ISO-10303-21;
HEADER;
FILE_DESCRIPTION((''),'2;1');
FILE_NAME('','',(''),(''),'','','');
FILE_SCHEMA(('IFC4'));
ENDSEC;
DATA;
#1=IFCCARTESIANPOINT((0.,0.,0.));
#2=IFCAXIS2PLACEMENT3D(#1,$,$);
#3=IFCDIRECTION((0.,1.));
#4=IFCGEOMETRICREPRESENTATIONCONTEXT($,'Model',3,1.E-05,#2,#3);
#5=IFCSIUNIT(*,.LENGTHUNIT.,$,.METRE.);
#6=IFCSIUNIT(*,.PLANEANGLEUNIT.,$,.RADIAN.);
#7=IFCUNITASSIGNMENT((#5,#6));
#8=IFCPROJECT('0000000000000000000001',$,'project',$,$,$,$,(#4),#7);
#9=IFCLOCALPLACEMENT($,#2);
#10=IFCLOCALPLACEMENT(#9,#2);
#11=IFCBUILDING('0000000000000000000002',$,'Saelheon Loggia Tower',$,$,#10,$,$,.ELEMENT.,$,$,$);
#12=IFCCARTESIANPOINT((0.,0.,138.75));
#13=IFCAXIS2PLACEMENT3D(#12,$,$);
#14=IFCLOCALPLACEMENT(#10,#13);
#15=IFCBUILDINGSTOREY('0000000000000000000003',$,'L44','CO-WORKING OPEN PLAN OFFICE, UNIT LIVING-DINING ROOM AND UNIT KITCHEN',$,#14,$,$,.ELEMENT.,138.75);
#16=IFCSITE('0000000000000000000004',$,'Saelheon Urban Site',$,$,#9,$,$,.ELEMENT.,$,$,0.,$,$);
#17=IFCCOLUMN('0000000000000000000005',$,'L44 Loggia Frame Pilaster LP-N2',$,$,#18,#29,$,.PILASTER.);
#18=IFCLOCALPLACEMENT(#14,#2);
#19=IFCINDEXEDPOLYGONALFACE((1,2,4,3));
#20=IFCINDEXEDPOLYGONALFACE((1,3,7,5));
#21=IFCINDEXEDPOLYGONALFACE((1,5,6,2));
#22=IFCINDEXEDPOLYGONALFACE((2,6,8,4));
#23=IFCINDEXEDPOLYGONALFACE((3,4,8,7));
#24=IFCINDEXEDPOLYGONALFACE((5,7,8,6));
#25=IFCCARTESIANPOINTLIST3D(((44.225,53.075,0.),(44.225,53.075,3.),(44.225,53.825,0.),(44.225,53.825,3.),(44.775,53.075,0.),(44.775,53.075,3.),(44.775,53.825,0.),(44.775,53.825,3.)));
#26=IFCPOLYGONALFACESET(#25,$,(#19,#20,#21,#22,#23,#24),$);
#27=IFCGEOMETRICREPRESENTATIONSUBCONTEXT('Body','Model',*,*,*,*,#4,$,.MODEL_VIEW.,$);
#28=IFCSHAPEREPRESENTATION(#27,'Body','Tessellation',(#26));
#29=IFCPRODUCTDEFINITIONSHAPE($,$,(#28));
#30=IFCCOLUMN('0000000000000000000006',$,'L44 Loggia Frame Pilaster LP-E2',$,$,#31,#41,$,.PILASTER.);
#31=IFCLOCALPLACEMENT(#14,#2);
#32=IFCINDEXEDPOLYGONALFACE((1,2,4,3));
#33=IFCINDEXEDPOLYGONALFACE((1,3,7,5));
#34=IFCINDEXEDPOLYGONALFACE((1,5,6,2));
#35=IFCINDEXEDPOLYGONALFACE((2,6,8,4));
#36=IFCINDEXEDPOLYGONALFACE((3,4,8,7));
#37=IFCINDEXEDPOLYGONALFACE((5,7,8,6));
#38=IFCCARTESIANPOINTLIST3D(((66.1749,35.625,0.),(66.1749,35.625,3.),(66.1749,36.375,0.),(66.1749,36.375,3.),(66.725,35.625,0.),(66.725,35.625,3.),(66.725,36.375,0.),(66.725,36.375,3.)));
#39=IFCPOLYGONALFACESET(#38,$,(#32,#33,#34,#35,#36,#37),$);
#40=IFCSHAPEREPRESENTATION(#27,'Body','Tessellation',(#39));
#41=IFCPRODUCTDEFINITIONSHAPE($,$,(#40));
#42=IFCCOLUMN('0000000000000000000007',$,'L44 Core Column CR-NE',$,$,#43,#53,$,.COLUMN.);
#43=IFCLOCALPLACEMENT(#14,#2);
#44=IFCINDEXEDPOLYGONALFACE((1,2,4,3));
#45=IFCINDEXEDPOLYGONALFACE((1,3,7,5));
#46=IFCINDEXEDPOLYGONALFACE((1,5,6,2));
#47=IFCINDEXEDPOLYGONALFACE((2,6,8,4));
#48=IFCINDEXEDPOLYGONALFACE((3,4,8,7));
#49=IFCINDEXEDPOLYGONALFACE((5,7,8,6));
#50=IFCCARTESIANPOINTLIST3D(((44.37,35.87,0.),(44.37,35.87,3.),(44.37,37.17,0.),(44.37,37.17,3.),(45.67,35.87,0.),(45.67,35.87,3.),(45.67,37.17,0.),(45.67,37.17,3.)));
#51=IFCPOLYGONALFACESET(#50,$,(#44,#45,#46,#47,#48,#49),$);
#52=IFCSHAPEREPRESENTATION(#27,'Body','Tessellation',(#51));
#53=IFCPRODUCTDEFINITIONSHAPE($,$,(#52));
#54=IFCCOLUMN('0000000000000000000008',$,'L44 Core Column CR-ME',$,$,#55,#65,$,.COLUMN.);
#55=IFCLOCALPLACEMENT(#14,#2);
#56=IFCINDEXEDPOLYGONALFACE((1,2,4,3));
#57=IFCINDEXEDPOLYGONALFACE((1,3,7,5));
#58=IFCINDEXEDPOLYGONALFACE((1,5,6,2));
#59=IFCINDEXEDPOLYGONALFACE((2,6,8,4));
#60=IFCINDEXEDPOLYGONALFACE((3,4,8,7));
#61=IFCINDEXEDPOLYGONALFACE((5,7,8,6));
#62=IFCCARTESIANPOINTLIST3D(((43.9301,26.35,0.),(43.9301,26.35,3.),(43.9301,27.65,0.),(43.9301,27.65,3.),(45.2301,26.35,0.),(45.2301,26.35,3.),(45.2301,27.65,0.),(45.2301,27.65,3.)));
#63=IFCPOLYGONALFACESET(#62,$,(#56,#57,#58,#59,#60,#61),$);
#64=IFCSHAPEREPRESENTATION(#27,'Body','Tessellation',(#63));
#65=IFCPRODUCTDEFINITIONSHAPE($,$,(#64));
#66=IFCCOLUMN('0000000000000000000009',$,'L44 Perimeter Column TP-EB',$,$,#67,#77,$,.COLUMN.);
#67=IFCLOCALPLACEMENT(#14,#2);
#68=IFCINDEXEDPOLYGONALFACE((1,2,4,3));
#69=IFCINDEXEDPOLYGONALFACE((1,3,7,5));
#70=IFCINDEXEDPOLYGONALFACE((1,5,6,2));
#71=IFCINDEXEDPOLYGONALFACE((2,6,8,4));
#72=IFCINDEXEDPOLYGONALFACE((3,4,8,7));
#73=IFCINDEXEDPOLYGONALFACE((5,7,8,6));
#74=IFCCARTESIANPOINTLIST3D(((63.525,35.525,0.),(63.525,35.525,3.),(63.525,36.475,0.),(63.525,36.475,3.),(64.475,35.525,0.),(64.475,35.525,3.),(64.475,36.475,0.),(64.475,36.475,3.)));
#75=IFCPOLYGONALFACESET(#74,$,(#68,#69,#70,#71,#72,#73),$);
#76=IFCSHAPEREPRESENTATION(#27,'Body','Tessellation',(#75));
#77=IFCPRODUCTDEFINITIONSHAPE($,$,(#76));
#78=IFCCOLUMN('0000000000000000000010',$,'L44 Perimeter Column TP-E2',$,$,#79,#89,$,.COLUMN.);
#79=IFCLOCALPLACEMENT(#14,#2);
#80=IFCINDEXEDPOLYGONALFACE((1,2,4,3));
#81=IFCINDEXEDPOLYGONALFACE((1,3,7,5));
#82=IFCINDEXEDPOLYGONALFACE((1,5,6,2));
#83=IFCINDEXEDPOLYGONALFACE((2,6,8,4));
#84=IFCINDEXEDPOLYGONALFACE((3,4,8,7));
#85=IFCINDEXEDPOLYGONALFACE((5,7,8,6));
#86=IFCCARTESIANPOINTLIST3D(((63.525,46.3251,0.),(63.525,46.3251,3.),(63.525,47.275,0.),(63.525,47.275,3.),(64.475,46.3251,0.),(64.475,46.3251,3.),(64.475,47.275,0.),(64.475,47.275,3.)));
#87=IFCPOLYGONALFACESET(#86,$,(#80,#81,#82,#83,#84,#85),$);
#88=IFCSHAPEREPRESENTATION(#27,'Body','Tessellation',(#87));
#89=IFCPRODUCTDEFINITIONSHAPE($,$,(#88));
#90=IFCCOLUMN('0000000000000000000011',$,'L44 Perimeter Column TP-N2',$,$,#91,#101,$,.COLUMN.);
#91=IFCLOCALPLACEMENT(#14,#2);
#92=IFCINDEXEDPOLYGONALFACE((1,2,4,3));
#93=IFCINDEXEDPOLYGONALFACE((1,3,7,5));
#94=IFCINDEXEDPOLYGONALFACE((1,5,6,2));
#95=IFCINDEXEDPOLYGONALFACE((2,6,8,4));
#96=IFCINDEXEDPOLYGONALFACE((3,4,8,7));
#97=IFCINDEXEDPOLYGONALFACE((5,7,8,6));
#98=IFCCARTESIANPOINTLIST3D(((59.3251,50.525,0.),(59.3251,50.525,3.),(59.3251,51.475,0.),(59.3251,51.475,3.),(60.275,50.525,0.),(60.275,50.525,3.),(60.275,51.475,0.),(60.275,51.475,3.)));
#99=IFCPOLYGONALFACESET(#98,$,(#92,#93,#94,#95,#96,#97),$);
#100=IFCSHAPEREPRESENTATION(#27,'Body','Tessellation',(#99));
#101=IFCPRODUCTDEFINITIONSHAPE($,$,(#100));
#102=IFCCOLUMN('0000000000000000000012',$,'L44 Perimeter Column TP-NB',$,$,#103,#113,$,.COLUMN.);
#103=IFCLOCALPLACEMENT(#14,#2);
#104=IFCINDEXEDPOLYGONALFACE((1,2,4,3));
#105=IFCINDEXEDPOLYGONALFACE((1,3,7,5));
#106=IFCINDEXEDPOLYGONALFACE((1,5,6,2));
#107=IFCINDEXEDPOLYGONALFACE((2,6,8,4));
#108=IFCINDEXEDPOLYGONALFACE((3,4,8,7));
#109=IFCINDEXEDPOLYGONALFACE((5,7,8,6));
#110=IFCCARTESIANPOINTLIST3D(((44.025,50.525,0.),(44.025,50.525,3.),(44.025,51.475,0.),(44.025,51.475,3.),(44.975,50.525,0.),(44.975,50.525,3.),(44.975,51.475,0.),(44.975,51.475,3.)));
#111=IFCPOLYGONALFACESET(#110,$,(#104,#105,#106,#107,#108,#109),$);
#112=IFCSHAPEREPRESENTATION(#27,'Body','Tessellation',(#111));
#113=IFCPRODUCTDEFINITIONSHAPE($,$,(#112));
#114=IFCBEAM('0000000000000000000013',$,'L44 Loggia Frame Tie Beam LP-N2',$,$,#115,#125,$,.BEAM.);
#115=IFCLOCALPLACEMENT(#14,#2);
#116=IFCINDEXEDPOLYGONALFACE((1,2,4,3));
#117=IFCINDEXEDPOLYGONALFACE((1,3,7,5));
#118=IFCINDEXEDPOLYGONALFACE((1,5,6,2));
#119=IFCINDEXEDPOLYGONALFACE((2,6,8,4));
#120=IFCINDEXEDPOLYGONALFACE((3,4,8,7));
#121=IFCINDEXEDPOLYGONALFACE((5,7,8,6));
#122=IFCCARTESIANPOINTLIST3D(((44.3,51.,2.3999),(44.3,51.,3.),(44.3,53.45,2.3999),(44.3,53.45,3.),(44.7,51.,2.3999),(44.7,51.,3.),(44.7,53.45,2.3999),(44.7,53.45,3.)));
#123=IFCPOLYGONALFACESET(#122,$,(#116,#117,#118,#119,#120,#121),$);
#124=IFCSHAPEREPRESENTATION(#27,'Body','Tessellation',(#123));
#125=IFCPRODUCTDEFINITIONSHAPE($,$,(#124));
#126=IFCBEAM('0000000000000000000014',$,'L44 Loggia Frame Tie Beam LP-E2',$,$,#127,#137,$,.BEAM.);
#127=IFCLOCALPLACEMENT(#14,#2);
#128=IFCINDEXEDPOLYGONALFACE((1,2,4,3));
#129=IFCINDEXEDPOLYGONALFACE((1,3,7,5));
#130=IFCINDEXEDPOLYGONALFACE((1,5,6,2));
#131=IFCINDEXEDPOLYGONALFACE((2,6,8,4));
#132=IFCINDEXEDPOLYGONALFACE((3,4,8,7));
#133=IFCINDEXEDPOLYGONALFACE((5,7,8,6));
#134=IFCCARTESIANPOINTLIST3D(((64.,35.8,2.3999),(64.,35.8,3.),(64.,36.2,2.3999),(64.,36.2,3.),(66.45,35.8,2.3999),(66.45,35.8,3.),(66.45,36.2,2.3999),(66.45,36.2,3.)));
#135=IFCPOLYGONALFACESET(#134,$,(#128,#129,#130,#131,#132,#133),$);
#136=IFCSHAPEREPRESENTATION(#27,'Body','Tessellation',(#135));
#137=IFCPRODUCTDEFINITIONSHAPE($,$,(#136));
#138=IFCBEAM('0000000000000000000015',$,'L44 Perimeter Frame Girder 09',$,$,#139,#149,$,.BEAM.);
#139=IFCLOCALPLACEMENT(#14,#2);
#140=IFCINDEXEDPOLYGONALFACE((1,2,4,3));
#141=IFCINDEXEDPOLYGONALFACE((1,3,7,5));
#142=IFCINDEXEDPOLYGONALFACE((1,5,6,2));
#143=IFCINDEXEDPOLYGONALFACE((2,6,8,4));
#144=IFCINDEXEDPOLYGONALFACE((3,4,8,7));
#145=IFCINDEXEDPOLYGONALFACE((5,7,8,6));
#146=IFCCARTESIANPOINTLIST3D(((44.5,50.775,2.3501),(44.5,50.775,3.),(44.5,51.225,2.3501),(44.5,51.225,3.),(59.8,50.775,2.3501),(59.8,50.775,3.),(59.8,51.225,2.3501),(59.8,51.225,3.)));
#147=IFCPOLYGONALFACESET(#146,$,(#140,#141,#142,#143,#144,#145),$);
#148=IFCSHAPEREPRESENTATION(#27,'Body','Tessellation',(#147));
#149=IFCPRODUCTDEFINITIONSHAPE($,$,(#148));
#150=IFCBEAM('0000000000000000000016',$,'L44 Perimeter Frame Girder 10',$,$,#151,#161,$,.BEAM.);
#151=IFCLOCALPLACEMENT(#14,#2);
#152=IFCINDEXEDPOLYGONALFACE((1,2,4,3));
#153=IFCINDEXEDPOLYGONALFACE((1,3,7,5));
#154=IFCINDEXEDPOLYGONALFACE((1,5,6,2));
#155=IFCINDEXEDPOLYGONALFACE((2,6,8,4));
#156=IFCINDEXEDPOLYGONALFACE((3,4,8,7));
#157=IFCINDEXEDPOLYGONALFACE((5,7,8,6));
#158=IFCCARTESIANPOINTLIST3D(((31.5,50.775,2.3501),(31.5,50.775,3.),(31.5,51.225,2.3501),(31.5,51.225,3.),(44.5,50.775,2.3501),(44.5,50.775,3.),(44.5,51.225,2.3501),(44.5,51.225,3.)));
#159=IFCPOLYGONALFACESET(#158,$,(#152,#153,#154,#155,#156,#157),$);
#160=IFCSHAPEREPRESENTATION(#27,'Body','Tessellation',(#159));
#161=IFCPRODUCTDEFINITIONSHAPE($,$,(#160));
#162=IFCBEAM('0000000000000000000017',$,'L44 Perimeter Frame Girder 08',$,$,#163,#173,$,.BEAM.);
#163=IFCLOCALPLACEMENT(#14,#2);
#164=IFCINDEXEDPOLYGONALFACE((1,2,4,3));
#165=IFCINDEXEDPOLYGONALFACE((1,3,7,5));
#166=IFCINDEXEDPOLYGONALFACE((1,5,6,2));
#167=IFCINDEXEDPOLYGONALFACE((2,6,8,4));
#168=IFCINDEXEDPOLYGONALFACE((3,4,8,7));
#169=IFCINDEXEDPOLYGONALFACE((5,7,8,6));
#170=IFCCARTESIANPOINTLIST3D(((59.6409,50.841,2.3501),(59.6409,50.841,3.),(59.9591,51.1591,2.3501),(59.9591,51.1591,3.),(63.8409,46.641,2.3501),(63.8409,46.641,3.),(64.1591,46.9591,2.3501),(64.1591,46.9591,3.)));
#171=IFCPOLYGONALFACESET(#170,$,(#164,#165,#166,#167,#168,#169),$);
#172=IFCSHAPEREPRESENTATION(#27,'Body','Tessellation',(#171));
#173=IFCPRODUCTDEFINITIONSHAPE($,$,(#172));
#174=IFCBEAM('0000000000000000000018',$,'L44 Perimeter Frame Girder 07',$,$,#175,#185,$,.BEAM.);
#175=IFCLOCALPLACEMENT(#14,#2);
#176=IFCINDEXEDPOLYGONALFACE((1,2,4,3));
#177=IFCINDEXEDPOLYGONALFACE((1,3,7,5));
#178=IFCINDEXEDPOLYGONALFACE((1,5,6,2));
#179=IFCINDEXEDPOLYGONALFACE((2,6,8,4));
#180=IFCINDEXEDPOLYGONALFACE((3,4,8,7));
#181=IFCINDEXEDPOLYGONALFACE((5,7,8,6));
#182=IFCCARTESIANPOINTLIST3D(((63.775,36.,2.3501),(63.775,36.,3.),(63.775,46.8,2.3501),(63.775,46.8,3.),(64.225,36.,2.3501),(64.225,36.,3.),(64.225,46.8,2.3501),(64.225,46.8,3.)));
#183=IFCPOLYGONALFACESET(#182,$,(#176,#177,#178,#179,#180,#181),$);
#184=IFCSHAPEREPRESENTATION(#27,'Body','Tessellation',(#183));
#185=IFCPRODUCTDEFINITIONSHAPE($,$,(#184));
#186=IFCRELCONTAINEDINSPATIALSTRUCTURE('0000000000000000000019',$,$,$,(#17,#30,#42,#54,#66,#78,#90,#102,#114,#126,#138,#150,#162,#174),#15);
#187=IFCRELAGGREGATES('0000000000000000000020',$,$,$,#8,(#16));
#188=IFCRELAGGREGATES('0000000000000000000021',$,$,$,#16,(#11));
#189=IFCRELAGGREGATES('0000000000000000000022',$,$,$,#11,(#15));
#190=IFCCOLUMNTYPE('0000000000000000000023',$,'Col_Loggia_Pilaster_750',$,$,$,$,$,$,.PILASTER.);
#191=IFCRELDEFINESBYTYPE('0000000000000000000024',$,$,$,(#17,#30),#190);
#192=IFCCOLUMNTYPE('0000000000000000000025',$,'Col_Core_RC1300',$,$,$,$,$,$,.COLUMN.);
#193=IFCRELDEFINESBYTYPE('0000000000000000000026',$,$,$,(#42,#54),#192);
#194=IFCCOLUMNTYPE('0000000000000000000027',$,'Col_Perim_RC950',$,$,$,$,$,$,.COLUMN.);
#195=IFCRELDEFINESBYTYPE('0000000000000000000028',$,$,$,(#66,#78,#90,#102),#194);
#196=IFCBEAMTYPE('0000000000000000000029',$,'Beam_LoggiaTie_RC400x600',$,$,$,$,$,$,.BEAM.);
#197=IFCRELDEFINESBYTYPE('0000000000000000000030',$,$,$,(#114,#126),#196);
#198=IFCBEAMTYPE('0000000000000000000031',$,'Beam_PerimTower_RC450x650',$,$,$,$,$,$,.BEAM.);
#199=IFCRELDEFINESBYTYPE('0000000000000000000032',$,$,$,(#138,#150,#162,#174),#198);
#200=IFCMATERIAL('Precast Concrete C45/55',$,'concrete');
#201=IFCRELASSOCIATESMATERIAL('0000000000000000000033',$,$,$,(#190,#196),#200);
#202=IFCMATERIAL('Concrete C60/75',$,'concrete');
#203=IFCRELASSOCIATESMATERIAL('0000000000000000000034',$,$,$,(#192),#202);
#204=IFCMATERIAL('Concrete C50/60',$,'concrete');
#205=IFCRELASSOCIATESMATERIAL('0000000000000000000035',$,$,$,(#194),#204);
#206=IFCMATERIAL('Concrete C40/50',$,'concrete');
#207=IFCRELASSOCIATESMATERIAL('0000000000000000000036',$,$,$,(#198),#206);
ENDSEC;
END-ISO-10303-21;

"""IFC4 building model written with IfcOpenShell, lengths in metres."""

from ifc_helpers import new_model, si_unit, direction, frame, origin, origin_2d, place, context, subcontext, project, spatial, rectangle, extrude, source, transform, mapped, material, material_profile, profile_set, type_object, element, save


model = new_model("IFC4")

# Units and contexts
model_context = context("Model", 3, precision=1e-05, world=origin(), true_north=direction((0.0, 1.0)))
body_context = subcontext(model_context, "Body", "Model", "MODEL_VIEW")
ifc_project = project(units=[si_unit("LENGTHUNIT", "METRE"), si_unit("PLANEANGLEUNIT", "RADIAN")], contexts=[model_context])

# Site, building, storey
site_placement = place(None, origin())
site = spatial("IfcSite", under=ifc_project, at=site_placement, Name="Saelheon Urban Site", CompositionType="ELEMENT", RefElevation=0.0)
building_placement = place(site_placement, origin())
building = spatial("IfcBuilding", under=site, at=building_placement, Name="Saelheon Loggia Tower", CompositionType="ELEMENT")
storey_placement = place(building_placement, frame((0.0, 0.0, 138.75)))
storey = spatial("IfcBuildingStorey", under=building, at=storey_placement, Name="L44", Description="CO-WORKING OPEN PLAN OFFICE, UNIT LIVING-DINING ROOM AND UNIT KITCHEN", CompositionType="ELEMENT", Elevation=138.75)

# Columns
ifc_material_1 = material(Name="Precast Concrete C45/55", Category="concrete")
ifc_material_profile_1 = material_profile(ifc_material_1, rectangle(XDim=0.55, YDim=0.75, at=origin_2d()), Name="RC-550x750")
ifc_profile_set_1 = profile_set([ifc_material_profile_1], Name="Precast Concrete C45/55")
column_type_1 = type_object("IfcColumnType", Name="Col_Loggia_Pilaster_750", PredefinedType="PILASTER", material=ifc_profile_set_1)
shared_shape_1 = source(origin(), body_context, "Body", "SweptSolid", [
    extrude(rectangle(XDim=0.55, YDim=0.75, at=origin_2d()), origin(), (0.0, 0.0, 1.0), 3.0),
])
for number, where, z_axis, x_axis, name in (
    (1, (44.5, 53.45, 0.0), (0.0, 0.0, 1.0), (1.0, 0.0, 0.0), "L44 Loggia Frame Pilaster LP-N2"),
    (2, (66.45, 36.0, 0.0), (0.0, 0.0, 1.0), (1.0, 0.0, 0.0), "L44 Loggia Frame Pilaster LP-E2"),
):
    element("IfcColumn", number, at=place(storey_placement, frame(where, z_axis=z_axis, x_axis=x_axis)), inside=storey, type_object=column_type_1, Name=name, PredefinedType="PILASTER", context=body_context, shape_type="MappedRepresentation", body=[
        mapped(shared_shape_1, transform((0.0, 0.0, 0.0), scale=1.0)),
    ])
ifc_material_2 = material(Name="Concrete C60/75", Category="concrete")
ifc_material_profile_2 = material_profile(ifc_material_2, rectangle(XDim=1.3, YDim=1.3, at=origin_2d()), Name="RC-1300x1300")
ifc_profile_set_2 = profile_set([ifc_material_profile_2], Name="Concrete C60/75")
column_type_2 = type_object("IfcColumnType", Name="Col_Core_RC1300", PredefinedType="COLUMN", material=ifc_profile_set_2)
shared_shape_2 = source(origin(), body_context, "Body", "SweptSolid", [
    extrude(rectangle(XDim=1.3, YDim=1.3, at=origin_2d()), origin(), (0.0, 0.0, 1.0), 3.0),
])
for number, where, z_axis, x_axis, name in (
    (3, (45.02, 36.52, 0.0), (0.0, 0.0, 1.0), (1.0, 0.0, 0.0), "L44 Core Column CR-NE"),
    (4, (44.5801, 27.0, 0.0), (0.0, 0.0, 1.0), (1.0, 0.0, 0.0), "L44 Core Column CR-ME"),
):
    element("IfcColumn", number, at=place(storey_placement, frame(where, z_axis=z_axis, x_axis=x_axis)), inside=storey, type_object=column_type_2, Name=name, PredefinedType="COLUMN", context=body_context, shape_type="MappedRepresentation", body=[
        mapped(shared_shape_2, transform((0.0, 0.0, 0.0), scale=1.0)),
    ])
ifc_material_3 = material(Name="Concrete C50/60", Category="concrete")
ifc_material_profile_3 = material_profile(ifc_material_3, rectangle(XDim=0.95, YDim=0.95, at=origin_2d()), Name="RC-950x950")
ifc_profile_set_3 = profile_set([ifc_material_profile_3], Name="Concrete C50/60")
column_type_3 = type_object("IfcColumnType", Name="Col_Perim_RC950", PredefinedType="COLUMN", material=ifc_profile_set_3)
shared_shape_3 = source(origin(), body_context, "Body", "SweptSolid", [
    extrude(rectangle(XDim=0.95, YDim=0.95, at=origin_2d()), origin(), (0.0, 0.0, 1.0), 3.0),
])
for number, where, z_axis, x_axis, name in (
    (5, (64.0, 36.0, 0.0), (0.0, 0.0, 1.0), (1.0, 0.0, 0.0), "L44 Perimeter Column TP-EB"),
    (6, (64.0, 46.8, 0.0), (0.0, 0.0, 1.0), (1.0, 0.0, 0.0), "L44 Perimeter Column TP-E2"),
    (7, (59.8, 51.0, 0.0), (0.0, 0.0, 1.0), (1.0, 0.0, 0.0), "L44 Perimeter Column TP-N2"),
    (8, (44.5, 51.0, 0.0), (0.0, 0.0, 1.0), (1.0, 0.0, 0.0), "L44 Perimeter Column TP-NB"),
):
    element("IfcColumn", number, at=place(storey_placement, frame(where, z_axis=z_axis, x_axis=x_axis)), inside=storey, type_object=column_type_3, Name=name, PredefinedType="COLUMN", context=body_context, shape_type="MappedRepresentation", body=[
        mapped(shared_shape_3, transform((0.0, 0.0, 0.0), scale=1.0)),
    ])

# Beams
ifc_material_profile_4 = material_profile(ifc_material_1, rectangle(XDim=0.3999, YDim=0.6001, at=origin_2d()), Name="RC-400x600")
ifc_profile_set_4 = profile_set([ifc_material_profile_4], Name="Precast Concrete C45/55")
beam_type_1 = type_object("IfcBeamType", Name="Beam_LoggiaTie_RC400x600", PredefinedType="BEAM", material=ifc_profile_set_4)
shared_shape_4 = source(origin(), body_context, "Body", "SweptSolid", [
    extrude(rectangle(XDim=0.3999, YDim=0.6001, at=origin_2d()), origin(), (0.0, 0.0, 1.0), 2.45),
])
for number, where, z_axis, x_axis, name in (
    (9, (44.5, 51.0, 2.7), (0.0, 1.0, 0.0), (-1.0, 0.0, 0.0), "L44 Loggia Frame Tie Beam LP-N2"),
    (10, (64.0, 36.0, 2.7), (1.0, 0.0, 0.0), (0.0, 1.0, 0.0), "L44 Loggia Frame Tie Beam LP-E2"),
):
    element("IfcBeam", number, at=place(storey_placement, frame(where, z_axis=z_axis, x_axis=x_axis)), inside=storey, type_object=beam_type_1, Name=name, PredefinedType="BEAM", context=body_context, shape_type="MappedRepresentation", body=[
        mapped(shared_shape_4, transform((0.0, 0.0, 0.0), scale=1.0)),
    ])
ifc_material_4 = material(Name="Concrete C40/50", Category="concrete")
ifc_material_profile_5 = material_profile(ifc_material_4, rectangle(XDim=0.45, YDim=0.6499, at=origin_2d()), Name="RC-450x650")
ifc_profile_set_5 = profile_set([ifc_material_profile_5], Name="Concrete C40/50")
beam_type_2 = type_object("IfcBeamType", Name="Beam_PerimTower_RC450x650", PredefinedType="BEAM", material=ifc_profile_set_5)
shared_shape_5 = source(origin(), body_context, "Body", "SweptSolid", [
    extrude(rectangle(XDim=0.45, YDim=0.6499, at=origin_2d()), origin(), (0.0, 0.0, 1.0), 15.3),
])
beam_1_placement = place(storey_placement, frame((59.8, 51.0, 2.675), z_axis=(-1.0, 0.0, 0.0), x_axis=(0.0, -1.0, 0.0)))
element("IfcBeam", 11, at=beam_1_placement, inside=storey, type_object=beam_type_2, Name="L44 Perimeter Frame Girder 09", PredefinedType="BEAM", context=body_context, shape_type="MappedRepresentation", body=[
    mapped(shared_shape_5, transform((0.0, 0.0, 0.0), scale=1.0)),
])
shared_shape_6 = source(origin(), body_context, "Body", "SweptSolid", [
    extrude(rectangle(XDim=0.45, YDim=0.6499, at=origin_2d()), origin(), (0.0, 0.0, 1.0), 13.0),
])
beam_2_placement = place(storey_placement, frame((44.5, 51.0, 2.675), z_axis=(-1.0, 0.0, 0.0), x_axis=(0.0, -1.0, 0.0)))
element("IfcBeam", 12, at=beam_2_placement, inside=storey, type_object=beam_type_2, Name="L44 Perimeter Frame Girder 10", PredefinedType="BEAM", context=body_context, shape_type="MappedRepresentation", body=[
    mapped(shared_shape_6, transform((0.0, 0.0, 0.0), scale=1.0)),
])
shared_shape_7 = source(origin(), body_context, "Body", "SweptSolid", [
    extrude(rectangle(XDim=0.45, YDim=0.6499, at=origin_2d()), origin(), (0.0, 0.0, 1.0), 5.9397),
])
beam_3_placement = place(storey_placement, frame((64.0, 46.8, 2.675), z_axis=(-0.707107, 0.707107, 0.0), x_axis=(-0.707107, -0.707107, 0.0)))
element("IfcBeam", 13, at=beam_3_placement, inside=storey, type_object=beam_type_2, Name="L44 Perimeter Frame Girder 08", PredefinedType="BEAM", context=body_context, shape_type="MappedRepresentation", body=[
    mapped(shared_shape_7, transform((0.0, 0.0, 0.0), scale=1.0)),
])
shared_shape_8 = source(origin(), body_context, "Body", "SweptSolid", [
    extrude(rectangle(XDim=0.45, YDim=0.6499, at=origin_2d()), origin(), (0.0, 0.0, 1.0), 10.8),
])
beam_4_placement = place(storey_placement, frame((64.0, 36.0, 2.675), z_axis=(0.0, 1.0, 0.0), x_axis=(-1.0, 0.0, 0.0)))
element("IfcBeam", 14, at=beam_4_placement, inside=storey, type_object=beam_type_2, Name="L44 Perimeter Frame Girder 07", PredefinedType="BEAM", context=body_context, shape_type="MappedRepresentation", body=[
    mapped(shared_shape_8, transform((0.0, 0.0, 0.0), scale=1.0)),
])

save(model, "model.ifc")
